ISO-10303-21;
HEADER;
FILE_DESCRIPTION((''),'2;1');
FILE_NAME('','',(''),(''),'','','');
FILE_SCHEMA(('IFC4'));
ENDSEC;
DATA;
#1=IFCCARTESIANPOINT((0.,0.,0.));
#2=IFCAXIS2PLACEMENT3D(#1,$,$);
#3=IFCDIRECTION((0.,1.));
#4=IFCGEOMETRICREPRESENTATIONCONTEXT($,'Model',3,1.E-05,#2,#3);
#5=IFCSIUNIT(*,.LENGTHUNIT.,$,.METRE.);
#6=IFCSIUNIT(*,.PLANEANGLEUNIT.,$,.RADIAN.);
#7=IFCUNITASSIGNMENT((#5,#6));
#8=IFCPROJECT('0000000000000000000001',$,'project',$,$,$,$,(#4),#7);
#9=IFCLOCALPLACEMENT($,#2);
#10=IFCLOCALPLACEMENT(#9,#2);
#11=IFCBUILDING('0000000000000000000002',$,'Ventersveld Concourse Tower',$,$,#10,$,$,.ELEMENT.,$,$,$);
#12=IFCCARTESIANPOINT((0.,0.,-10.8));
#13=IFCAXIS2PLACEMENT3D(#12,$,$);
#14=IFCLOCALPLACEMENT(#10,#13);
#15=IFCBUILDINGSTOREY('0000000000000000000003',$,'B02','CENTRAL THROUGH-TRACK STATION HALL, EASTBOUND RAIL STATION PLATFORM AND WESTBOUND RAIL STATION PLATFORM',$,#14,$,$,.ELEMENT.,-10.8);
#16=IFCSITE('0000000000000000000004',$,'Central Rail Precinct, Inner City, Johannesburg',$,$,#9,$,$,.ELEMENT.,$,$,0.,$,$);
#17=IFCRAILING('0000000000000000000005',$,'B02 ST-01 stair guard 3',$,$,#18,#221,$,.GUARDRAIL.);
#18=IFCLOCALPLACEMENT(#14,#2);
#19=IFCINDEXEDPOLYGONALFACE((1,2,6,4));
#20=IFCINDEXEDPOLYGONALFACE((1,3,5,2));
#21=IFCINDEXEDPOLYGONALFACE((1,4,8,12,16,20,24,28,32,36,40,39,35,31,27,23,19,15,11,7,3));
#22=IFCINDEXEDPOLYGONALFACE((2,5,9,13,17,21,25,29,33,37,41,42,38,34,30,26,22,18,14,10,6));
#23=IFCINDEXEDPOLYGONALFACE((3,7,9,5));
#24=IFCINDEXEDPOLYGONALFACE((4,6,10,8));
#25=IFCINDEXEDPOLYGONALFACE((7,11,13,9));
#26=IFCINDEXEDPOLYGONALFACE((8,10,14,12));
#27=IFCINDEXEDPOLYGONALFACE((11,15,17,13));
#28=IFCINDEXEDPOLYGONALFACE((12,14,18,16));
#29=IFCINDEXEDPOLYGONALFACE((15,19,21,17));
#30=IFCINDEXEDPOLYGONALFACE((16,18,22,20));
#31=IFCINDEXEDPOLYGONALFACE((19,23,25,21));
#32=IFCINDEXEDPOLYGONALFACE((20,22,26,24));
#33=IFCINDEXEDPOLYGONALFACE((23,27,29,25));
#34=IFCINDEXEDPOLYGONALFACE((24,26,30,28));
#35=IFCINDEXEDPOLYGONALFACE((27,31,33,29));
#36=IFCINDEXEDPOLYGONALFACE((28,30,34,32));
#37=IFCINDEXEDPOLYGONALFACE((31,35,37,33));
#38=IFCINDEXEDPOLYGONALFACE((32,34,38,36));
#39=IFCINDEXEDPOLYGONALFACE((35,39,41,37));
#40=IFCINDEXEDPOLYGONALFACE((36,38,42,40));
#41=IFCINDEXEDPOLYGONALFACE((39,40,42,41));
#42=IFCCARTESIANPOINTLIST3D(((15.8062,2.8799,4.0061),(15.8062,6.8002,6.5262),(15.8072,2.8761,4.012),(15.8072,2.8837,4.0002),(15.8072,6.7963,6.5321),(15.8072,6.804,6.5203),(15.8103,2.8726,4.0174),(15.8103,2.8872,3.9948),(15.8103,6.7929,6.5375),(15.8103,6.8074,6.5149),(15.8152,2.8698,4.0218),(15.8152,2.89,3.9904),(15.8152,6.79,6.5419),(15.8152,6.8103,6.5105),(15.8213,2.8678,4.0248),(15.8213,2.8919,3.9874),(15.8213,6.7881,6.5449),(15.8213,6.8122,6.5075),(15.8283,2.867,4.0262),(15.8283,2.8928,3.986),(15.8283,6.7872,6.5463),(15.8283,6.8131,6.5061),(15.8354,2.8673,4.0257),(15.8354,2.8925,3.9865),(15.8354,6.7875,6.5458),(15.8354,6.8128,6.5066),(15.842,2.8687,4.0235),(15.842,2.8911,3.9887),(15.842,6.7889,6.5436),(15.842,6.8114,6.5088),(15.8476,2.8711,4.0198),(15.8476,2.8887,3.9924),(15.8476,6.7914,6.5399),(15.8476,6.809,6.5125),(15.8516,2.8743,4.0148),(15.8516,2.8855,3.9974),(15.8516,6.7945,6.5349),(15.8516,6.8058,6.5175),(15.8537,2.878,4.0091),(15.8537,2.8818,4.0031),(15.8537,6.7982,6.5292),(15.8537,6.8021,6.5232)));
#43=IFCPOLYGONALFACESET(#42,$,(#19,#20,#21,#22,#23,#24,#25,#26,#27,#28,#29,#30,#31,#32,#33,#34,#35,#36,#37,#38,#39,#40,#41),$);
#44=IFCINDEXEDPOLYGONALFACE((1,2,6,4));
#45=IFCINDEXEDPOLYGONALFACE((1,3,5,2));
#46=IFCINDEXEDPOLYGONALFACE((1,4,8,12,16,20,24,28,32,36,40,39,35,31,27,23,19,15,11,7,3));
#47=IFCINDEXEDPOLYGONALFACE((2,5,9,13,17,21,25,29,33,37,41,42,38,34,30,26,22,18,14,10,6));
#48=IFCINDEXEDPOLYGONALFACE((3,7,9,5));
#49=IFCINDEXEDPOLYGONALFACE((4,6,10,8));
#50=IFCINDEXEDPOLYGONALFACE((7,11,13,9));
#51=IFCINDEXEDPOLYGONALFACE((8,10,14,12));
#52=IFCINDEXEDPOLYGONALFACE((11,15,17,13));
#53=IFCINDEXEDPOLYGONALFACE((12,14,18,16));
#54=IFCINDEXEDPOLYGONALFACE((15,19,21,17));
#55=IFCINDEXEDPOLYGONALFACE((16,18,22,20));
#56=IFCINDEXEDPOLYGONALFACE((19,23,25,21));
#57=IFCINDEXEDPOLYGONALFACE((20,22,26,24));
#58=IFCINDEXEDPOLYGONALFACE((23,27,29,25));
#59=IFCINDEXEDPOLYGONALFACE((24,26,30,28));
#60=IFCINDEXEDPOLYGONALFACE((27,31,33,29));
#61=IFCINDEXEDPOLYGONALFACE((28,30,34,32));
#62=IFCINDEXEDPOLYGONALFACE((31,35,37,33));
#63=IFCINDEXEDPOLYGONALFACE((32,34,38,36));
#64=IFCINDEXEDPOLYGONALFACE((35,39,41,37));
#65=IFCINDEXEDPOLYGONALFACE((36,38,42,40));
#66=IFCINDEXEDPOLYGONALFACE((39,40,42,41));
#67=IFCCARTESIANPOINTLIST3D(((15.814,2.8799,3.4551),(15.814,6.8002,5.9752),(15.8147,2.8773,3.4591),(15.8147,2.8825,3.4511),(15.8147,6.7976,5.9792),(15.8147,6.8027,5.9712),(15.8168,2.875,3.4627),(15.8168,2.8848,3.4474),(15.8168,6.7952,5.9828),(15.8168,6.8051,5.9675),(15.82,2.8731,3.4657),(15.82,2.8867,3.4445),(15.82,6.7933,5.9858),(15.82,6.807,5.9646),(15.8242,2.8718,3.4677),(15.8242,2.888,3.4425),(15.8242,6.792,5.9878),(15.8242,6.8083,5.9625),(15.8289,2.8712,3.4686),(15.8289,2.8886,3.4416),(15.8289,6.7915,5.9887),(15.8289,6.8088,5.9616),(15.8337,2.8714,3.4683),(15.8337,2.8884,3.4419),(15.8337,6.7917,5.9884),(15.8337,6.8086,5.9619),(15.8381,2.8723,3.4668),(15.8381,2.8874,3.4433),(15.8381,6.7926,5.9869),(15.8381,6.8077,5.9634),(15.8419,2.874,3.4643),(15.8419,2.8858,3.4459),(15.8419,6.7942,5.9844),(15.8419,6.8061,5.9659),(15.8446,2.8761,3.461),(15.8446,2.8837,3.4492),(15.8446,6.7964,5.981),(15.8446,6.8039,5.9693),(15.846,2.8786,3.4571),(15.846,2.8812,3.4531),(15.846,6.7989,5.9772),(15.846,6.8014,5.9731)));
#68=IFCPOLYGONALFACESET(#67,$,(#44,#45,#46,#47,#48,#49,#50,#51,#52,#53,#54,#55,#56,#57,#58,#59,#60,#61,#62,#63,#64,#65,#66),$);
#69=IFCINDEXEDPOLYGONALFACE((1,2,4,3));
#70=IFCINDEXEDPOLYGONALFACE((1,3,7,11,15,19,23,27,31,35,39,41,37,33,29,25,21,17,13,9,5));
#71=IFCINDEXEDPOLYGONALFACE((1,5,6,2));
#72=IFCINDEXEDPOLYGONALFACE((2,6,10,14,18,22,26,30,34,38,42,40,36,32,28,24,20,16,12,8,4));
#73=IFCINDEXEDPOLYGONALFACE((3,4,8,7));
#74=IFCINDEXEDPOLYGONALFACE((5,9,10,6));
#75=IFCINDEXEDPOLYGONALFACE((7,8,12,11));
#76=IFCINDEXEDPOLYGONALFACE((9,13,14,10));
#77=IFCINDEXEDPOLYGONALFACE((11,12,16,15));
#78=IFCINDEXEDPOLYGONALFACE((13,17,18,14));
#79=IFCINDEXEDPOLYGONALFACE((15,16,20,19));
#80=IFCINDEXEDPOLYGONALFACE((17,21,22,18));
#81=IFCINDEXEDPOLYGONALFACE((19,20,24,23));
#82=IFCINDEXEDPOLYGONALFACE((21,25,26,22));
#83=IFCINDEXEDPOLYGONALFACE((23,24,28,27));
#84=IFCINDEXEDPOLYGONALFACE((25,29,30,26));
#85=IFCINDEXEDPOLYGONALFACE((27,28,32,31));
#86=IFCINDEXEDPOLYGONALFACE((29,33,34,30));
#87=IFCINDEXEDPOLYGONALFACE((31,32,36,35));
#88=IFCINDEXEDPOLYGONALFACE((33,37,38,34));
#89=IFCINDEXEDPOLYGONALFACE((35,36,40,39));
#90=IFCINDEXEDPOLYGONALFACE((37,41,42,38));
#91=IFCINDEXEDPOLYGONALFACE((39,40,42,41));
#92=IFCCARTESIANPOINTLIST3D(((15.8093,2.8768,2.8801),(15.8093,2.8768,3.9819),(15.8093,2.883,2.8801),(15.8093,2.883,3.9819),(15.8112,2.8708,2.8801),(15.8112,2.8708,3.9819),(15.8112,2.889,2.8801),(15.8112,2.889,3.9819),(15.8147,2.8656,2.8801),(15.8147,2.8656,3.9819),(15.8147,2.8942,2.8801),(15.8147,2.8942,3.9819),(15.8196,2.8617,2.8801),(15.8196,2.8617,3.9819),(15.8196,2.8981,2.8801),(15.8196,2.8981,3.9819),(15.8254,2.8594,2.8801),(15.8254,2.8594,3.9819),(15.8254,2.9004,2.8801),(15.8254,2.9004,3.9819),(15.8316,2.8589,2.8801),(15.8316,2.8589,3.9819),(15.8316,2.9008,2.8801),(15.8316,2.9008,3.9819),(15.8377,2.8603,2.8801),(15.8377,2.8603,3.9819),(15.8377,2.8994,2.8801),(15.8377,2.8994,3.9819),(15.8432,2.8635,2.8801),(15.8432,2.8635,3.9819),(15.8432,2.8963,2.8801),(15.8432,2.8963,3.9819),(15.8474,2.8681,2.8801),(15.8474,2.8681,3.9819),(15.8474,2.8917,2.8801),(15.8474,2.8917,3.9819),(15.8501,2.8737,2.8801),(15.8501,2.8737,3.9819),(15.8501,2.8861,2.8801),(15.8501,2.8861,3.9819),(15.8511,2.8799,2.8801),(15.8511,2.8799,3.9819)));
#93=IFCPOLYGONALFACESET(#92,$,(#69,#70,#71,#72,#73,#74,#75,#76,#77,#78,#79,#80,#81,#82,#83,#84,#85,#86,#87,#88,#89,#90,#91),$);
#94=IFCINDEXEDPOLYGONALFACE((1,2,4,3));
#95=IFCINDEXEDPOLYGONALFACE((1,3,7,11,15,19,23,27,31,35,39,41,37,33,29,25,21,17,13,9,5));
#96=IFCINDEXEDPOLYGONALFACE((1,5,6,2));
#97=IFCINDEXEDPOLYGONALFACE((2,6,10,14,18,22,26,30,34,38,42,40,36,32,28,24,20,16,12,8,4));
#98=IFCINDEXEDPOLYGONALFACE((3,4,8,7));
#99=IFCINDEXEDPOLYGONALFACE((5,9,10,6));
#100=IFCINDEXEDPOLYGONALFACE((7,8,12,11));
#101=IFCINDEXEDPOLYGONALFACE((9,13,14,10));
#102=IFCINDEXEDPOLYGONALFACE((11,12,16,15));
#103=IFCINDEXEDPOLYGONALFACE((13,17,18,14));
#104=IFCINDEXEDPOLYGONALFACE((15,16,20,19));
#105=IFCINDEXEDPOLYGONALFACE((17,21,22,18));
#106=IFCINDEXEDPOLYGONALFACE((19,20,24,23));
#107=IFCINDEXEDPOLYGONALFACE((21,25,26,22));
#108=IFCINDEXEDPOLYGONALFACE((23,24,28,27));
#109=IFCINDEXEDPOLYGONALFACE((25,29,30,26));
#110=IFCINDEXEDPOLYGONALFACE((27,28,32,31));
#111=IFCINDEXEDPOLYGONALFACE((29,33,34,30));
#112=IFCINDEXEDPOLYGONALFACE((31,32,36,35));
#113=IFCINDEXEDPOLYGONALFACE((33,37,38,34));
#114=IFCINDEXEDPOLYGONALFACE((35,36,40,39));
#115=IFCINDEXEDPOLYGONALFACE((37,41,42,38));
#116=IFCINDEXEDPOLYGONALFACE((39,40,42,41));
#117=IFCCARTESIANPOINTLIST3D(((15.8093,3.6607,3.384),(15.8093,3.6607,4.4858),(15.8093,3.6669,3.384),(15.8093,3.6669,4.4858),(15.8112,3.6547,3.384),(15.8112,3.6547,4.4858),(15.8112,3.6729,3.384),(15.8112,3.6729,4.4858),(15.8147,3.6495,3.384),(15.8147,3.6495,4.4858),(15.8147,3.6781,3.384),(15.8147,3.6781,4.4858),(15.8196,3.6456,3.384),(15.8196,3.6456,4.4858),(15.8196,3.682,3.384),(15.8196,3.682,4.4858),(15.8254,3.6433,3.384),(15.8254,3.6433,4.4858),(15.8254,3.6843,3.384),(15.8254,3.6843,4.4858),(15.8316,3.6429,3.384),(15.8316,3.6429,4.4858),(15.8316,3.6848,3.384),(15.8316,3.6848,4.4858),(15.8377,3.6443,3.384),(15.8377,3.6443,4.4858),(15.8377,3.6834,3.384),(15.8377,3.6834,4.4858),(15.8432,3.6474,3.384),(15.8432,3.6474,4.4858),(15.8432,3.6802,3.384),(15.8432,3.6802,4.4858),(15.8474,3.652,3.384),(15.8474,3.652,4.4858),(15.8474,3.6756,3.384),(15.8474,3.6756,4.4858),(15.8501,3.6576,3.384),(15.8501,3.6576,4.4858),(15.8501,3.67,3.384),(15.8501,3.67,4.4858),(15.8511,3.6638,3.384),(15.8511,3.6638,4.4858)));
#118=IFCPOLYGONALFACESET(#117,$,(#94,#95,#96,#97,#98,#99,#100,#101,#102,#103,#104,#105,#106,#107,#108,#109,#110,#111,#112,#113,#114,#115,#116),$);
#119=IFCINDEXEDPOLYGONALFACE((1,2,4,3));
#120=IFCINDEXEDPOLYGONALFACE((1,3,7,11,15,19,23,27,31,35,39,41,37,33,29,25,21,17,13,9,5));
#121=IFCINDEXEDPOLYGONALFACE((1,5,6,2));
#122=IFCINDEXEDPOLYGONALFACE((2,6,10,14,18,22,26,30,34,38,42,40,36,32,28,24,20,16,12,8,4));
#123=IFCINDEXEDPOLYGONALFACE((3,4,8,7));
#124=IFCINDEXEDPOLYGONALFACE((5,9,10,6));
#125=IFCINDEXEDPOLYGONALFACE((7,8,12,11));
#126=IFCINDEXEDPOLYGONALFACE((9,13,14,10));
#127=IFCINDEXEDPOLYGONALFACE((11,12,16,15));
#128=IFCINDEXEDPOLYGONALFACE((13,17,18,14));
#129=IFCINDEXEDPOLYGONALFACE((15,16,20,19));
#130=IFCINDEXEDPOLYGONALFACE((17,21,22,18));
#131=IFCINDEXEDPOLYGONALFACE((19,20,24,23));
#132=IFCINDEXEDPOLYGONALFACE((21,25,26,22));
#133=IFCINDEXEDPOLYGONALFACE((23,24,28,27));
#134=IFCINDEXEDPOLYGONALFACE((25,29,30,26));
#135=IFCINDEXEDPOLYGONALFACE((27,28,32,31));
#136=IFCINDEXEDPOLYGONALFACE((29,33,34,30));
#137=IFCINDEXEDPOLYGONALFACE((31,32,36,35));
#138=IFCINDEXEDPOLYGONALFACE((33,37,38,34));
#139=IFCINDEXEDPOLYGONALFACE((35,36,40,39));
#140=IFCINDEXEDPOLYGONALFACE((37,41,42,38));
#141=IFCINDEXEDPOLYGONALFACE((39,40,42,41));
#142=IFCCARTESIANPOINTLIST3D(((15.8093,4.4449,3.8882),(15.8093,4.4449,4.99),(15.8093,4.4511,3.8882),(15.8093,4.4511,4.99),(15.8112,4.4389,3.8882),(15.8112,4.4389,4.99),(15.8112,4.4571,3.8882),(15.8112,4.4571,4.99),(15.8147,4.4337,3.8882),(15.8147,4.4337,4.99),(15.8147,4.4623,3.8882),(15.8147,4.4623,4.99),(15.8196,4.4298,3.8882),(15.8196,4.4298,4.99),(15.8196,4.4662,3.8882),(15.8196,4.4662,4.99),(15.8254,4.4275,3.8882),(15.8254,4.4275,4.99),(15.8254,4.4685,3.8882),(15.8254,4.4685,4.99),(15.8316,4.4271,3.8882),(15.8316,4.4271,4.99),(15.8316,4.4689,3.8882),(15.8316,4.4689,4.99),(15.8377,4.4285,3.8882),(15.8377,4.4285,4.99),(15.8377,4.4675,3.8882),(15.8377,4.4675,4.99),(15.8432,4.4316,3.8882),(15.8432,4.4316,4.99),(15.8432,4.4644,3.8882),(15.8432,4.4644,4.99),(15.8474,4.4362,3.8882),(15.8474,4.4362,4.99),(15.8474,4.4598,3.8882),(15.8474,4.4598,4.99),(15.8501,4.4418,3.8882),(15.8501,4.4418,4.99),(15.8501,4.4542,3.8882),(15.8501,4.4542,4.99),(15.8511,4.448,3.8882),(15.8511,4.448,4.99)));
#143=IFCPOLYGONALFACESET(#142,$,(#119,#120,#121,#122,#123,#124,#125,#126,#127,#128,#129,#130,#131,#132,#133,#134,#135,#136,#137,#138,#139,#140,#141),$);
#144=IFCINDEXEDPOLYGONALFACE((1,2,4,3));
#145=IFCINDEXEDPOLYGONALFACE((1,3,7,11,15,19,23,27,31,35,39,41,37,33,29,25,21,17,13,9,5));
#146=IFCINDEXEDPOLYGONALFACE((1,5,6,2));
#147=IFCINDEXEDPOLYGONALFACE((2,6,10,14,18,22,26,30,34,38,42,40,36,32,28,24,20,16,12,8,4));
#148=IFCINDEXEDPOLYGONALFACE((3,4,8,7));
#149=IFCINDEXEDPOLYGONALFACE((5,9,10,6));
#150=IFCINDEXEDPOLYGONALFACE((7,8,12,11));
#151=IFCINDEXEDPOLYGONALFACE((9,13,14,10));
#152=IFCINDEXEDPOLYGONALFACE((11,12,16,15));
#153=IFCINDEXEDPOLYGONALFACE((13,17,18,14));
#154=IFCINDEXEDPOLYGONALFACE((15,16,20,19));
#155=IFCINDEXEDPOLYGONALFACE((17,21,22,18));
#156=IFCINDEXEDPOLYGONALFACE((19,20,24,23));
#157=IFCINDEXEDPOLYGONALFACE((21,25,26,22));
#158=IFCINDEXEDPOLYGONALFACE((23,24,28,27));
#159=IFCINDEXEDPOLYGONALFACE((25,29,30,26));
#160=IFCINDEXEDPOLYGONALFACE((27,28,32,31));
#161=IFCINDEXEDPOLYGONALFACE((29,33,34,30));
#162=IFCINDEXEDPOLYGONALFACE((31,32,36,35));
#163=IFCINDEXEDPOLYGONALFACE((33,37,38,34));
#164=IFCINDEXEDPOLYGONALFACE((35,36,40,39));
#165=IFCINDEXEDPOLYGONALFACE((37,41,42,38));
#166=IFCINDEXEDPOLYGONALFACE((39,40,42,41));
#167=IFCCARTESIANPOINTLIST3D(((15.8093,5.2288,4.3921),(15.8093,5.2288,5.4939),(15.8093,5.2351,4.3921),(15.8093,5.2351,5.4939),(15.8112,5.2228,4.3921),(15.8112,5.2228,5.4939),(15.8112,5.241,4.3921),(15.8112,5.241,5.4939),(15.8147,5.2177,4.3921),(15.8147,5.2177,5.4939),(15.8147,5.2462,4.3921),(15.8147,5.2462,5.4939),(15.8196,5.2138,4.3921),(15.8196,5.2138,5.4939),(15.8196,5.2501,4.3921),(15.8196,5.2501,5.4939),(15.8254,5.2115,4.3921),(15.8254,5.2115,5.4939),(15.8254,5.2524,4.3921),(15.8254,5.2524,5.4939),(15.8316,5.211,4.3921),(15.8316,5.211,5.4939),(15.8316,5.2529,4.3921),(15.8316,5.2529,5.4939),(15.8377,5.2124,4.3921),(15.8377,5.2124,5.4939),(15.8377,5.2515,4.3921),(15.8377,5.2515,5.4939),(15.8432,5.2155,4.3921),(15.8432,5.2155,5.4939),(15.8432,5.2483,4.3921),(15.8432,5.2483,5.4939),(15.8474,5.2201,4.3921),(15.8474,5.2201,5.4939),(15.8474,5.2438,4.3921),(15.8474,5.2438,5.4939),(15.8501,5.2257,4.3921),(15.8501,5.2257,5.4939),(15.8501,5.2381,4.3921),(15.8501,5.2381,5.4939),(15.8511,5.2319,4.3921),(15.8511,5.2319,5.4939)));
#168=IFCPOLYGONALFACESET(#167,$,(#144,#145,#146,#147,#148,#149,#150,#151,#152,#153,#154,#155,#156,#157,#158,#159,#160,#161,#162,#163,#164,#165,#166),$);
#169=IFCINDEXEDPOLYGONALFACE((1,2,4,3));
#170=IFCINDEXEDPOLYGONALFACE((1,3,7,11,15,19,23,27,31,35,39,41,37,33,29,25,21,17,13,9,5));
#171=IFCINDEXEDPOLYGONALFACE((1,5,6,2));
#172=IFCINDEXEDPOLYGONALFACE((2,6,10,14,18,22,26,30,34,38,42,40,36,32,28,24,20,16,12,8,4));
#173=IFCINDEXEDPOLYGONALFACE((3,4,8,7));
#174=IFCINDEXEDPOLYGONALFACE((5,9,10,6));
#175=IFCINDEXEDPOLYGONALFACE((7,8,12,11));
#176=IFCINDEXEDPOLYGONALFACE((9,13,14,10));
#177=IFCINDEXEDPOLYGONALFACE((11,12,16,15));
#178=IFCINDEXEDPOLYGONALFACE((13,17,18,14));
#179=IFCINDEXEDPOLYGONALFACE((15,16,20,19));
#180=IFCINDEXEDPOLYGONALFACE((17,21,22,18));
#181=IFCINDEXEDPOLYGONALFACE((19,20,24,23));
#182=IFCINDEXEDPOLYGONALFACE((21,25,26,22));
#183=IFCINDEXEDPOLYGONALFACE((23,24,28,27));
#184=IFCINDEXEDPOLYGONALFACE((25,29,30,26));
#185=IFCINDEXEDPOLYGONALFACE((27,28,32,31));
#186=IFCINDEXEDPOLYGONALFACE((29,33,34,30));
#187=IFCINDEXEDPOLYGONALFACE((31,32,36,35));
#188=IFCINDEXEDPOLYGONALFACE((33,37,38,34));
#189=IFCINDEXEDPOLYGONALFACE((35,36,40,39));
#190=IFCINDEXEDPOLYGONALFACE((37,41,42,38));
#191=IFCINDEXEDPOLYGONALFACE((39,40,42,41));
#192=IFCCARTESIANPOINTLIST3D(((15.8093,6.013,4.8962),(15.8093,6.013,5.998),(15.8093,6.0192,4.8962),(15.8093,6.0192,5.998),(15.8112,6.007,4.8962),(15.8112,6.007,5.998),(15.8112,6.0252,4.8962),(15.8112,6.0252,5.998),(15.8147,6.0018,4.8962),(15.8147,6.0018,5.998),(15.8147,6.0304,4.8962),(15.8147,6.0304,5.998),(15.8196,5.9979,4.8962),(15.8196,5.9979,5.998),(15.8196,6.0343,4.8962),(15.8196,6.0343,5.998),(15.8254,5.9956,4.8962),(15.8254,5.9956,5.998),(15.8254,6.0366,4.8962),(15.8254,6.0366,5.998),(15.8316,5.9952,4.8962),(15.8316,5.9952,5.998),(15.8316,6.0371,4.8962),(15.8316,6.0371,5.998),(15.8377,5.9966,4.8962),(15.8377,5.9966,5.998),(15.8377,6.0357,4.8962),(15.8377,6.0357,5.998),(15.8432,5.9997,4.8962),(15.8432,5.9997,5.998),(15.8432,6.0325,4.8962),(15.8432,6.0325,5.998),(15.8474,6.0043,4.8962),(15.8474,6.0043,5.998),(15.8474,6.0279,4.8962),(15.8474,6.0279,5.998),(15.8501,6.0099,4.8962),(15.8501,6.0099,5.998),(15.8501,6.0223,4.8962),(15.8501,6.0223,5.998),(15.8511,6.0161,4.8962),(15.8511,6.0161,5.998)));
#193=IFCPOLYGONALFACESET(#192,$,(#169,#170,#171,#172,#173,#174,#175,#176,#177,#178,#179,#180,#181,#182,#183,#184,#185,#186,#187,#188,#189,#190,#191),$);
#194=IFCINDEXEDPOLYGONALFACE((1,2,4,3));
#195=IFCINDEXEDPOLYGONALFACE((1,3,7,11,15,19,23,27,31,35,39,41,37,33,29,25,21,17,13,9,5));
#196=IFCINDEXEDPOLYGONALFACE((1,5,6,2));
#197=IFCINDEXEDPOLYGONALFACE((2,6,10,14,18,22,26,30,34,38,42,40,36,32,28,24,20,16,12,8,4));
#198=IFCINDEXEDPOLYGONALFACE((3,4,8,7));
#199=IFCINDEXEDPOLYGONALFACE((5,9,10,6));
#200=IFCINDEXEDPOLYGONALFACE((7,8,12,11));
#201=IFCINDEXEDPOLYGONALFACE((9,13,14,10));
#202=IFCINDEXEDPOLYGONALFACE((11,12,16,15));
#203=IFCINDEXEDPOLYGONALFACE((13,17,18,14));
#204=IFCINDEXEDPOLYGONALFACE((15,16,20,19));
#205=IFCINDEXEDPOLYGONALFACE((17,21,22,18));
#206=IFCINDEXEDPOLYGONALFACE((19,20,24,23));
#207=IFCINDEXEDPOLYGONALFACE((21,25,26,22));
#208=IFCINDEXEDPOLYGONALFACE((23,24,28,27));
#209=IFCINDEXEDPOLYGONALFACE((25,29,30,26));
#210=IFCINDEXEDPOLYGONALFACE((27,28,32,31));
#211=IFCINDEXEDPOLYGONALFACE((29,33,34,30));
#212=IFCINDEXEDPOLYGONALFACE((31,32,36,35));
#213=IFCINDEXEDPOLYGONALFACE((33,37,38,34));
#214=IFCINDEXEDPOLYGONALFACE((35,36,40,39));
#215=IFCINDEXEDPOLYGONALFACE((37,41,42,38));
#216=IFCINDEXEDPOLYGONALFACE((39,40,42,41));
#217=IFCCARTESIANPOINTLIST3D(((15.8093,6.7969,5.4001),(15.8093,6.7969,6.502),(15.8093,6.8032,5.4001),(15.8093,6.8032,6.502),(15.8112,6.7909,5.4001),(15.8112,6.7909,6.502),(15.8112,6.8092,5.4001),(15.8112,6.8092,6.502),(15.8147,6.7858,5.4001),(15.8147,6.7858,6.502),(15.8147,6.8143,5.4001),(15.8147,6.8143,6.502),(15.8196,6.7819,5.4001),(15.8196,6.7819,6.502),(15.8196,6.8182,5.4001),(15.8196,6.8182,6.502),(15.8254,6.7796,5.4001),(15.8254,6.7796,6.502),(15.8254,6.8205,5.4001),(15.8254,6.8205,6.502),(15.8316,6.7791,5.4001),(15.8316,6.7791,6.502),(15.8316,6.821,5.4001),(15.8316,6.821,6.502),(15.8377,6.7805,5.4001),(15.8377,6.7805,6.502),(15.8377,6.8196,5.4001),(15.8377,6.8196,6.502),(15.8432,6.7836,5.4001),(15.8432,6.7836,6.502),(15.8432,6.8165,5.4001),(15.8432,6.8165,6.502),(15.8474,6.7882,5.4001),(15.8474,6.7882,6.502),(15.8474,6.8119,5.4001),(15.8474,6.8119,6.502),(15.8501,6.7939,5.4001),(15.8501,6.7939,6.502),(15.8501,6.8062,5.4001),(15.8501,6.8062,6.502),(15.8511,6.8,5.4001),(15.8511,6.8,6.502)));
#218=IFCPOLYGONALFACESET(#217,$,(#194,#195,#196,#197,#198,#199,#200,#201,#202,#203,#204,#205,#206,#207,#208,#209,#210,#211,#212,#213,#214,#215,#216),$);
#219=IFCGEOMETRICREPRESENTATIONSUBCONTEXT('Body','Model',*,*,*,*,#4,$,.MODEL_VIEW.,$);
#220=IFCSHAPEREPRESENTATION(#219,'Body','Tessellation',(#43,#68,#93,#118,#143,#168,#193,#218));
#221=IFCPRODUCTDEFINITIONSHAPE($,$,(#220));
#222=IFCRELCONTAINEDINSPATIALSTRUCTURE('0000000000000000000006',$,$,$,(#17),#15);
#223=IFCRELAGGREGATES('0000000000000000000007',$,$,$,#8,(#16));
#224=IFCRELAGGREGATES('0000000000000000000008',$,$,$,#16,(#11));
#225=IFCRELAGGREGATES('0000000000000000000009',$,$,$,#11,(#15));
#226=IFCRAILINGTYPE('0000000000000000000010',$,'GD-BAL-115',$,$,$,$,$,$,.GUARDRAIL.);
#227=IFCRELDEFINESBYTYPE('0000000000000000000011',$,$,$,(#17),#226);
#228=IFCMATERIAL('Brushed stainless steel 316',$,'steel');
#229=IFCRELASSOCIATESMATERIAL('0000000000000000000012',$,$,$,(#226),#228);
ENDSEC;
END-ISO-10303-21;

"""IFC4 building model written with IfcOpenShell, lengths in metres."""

from ifc_helpers import new_model, si_unit, direction, frame, origin, origin_2d, place, context, subcontext, project, spatial, circle, extrude, material, type_object, element, save


model = new_model("IFC4")

# Units and contexts
model_context = context("Model", 3, precision=1e-05, world=origin(), true_north=direction((0.0, 1.0)))
body_context = subcontext(model_context, "Body", "Model", "MODEL_VIEW")
ifc_project = project(units=[si_unit("LENGTHUNIT", "METRE"), si_unit("PLANEANGLEUNIT", "RADIAN")], contexts=[model_context])

# Site, building, storey
site_placement = place(None, origin())
site = spatial("IfcSite", under=ifc_project, at=site_placement, Name="Central Rail Precinct, Inner City, Johannesburg", CompositionType="ELEMENT", RefElevation=0.0)
building_placement = place(site_placement, origin())
building = spatial("IfcBuilding", under=site, at=building_placement, Name="Ventersveld Concourse Tower", CompositionType="ELEMENT")
storey_placement = place(building_placement, frame((0.0, 0.0, -10.8)))
storey = spatial("IfcBuildingStorey", under=building, at=storey_placement, Name="B02", Description="CENTRAL THROUGH-TRACK STATION HALL, EASTBOUND RAIL STATION PLATFORM AND WESTBOUND RAIL STATION PLATFORM", CompositionType="ELEMENT", Elevation=-10.8)

# Shared definitions
ifc_material_1 = material(Name="Brushed stainless steel 316", Category="steel")

# Railing
railing_type_1 = type_object("IfcRailingType", Name="GD-BAL-115", PredefinedType="GUARDRAIL", material=ifc_material_1)
railing_1_placement = place(storey_placement, frame((15.8301, 2.8799, 2.8801)))
element("IfcRailing", 1, at=railing_1_placement, inside=storey, type_object=railing_type_1, Name="B02 ST-01 stair guard 3", PredefinedType="GUARDRAIL", context=body_context, shape_type="SweptSolid", body=[
    extrude(circle(Radius=0.0239, at=origin_2d()), frame((0.0, 0.0, 1.126), z_axis=(0.0, 0.841187, 0.540744), x_axis=(-1.0, 0.0, 0.0)), (0.0, 0.0, 1.0), 4.6604),
    extrude(circle(Radius=0.0161, at=origin_2d()), frame((0.0, 0.0, 0.575), z_axis=(0.0, 0.841187, 0.540744), x_axis=(-1.0, 0.0, 0.0)), (0.0, 0.0, 1.0), 4.6604),
    extrude(circle(Radius=0.021, at=origin_2d()), origin(), (0.0, 0.0, 1.0), 1.1018),
    extrude(circle(Radius=0.021, at=origin_2d()), frame((0.0, 0.7839, 0.5039)), (0.0, 0.0, 1.0), 1.1018),
    extrude(circle(Radius=0.021, at=origin_2d()), frame((0.0, 1.5681, 1.0081)), (0.0, 0.0, 1.0), 1.1018),
    extrude(circle(Radius=0.021, at=origin_2d()), frame((0.0, 2.3521, 1.512)), (0.0, 0.0, 1.0), 1.1018),
    extrude(circle(Radius=0.021, at=origin_2d()), frame((0.0, 3.1362, 2.0161)), (0.0, 0.0, 1.0), 1.1018),
    extrude(circle(Radius=0.021, at=origin_2d()), frame((0.0, 3.9202, 2.52)), (0.0, 0.0, 1.0), 1.1018),
])

save(model, "model.ifc")
